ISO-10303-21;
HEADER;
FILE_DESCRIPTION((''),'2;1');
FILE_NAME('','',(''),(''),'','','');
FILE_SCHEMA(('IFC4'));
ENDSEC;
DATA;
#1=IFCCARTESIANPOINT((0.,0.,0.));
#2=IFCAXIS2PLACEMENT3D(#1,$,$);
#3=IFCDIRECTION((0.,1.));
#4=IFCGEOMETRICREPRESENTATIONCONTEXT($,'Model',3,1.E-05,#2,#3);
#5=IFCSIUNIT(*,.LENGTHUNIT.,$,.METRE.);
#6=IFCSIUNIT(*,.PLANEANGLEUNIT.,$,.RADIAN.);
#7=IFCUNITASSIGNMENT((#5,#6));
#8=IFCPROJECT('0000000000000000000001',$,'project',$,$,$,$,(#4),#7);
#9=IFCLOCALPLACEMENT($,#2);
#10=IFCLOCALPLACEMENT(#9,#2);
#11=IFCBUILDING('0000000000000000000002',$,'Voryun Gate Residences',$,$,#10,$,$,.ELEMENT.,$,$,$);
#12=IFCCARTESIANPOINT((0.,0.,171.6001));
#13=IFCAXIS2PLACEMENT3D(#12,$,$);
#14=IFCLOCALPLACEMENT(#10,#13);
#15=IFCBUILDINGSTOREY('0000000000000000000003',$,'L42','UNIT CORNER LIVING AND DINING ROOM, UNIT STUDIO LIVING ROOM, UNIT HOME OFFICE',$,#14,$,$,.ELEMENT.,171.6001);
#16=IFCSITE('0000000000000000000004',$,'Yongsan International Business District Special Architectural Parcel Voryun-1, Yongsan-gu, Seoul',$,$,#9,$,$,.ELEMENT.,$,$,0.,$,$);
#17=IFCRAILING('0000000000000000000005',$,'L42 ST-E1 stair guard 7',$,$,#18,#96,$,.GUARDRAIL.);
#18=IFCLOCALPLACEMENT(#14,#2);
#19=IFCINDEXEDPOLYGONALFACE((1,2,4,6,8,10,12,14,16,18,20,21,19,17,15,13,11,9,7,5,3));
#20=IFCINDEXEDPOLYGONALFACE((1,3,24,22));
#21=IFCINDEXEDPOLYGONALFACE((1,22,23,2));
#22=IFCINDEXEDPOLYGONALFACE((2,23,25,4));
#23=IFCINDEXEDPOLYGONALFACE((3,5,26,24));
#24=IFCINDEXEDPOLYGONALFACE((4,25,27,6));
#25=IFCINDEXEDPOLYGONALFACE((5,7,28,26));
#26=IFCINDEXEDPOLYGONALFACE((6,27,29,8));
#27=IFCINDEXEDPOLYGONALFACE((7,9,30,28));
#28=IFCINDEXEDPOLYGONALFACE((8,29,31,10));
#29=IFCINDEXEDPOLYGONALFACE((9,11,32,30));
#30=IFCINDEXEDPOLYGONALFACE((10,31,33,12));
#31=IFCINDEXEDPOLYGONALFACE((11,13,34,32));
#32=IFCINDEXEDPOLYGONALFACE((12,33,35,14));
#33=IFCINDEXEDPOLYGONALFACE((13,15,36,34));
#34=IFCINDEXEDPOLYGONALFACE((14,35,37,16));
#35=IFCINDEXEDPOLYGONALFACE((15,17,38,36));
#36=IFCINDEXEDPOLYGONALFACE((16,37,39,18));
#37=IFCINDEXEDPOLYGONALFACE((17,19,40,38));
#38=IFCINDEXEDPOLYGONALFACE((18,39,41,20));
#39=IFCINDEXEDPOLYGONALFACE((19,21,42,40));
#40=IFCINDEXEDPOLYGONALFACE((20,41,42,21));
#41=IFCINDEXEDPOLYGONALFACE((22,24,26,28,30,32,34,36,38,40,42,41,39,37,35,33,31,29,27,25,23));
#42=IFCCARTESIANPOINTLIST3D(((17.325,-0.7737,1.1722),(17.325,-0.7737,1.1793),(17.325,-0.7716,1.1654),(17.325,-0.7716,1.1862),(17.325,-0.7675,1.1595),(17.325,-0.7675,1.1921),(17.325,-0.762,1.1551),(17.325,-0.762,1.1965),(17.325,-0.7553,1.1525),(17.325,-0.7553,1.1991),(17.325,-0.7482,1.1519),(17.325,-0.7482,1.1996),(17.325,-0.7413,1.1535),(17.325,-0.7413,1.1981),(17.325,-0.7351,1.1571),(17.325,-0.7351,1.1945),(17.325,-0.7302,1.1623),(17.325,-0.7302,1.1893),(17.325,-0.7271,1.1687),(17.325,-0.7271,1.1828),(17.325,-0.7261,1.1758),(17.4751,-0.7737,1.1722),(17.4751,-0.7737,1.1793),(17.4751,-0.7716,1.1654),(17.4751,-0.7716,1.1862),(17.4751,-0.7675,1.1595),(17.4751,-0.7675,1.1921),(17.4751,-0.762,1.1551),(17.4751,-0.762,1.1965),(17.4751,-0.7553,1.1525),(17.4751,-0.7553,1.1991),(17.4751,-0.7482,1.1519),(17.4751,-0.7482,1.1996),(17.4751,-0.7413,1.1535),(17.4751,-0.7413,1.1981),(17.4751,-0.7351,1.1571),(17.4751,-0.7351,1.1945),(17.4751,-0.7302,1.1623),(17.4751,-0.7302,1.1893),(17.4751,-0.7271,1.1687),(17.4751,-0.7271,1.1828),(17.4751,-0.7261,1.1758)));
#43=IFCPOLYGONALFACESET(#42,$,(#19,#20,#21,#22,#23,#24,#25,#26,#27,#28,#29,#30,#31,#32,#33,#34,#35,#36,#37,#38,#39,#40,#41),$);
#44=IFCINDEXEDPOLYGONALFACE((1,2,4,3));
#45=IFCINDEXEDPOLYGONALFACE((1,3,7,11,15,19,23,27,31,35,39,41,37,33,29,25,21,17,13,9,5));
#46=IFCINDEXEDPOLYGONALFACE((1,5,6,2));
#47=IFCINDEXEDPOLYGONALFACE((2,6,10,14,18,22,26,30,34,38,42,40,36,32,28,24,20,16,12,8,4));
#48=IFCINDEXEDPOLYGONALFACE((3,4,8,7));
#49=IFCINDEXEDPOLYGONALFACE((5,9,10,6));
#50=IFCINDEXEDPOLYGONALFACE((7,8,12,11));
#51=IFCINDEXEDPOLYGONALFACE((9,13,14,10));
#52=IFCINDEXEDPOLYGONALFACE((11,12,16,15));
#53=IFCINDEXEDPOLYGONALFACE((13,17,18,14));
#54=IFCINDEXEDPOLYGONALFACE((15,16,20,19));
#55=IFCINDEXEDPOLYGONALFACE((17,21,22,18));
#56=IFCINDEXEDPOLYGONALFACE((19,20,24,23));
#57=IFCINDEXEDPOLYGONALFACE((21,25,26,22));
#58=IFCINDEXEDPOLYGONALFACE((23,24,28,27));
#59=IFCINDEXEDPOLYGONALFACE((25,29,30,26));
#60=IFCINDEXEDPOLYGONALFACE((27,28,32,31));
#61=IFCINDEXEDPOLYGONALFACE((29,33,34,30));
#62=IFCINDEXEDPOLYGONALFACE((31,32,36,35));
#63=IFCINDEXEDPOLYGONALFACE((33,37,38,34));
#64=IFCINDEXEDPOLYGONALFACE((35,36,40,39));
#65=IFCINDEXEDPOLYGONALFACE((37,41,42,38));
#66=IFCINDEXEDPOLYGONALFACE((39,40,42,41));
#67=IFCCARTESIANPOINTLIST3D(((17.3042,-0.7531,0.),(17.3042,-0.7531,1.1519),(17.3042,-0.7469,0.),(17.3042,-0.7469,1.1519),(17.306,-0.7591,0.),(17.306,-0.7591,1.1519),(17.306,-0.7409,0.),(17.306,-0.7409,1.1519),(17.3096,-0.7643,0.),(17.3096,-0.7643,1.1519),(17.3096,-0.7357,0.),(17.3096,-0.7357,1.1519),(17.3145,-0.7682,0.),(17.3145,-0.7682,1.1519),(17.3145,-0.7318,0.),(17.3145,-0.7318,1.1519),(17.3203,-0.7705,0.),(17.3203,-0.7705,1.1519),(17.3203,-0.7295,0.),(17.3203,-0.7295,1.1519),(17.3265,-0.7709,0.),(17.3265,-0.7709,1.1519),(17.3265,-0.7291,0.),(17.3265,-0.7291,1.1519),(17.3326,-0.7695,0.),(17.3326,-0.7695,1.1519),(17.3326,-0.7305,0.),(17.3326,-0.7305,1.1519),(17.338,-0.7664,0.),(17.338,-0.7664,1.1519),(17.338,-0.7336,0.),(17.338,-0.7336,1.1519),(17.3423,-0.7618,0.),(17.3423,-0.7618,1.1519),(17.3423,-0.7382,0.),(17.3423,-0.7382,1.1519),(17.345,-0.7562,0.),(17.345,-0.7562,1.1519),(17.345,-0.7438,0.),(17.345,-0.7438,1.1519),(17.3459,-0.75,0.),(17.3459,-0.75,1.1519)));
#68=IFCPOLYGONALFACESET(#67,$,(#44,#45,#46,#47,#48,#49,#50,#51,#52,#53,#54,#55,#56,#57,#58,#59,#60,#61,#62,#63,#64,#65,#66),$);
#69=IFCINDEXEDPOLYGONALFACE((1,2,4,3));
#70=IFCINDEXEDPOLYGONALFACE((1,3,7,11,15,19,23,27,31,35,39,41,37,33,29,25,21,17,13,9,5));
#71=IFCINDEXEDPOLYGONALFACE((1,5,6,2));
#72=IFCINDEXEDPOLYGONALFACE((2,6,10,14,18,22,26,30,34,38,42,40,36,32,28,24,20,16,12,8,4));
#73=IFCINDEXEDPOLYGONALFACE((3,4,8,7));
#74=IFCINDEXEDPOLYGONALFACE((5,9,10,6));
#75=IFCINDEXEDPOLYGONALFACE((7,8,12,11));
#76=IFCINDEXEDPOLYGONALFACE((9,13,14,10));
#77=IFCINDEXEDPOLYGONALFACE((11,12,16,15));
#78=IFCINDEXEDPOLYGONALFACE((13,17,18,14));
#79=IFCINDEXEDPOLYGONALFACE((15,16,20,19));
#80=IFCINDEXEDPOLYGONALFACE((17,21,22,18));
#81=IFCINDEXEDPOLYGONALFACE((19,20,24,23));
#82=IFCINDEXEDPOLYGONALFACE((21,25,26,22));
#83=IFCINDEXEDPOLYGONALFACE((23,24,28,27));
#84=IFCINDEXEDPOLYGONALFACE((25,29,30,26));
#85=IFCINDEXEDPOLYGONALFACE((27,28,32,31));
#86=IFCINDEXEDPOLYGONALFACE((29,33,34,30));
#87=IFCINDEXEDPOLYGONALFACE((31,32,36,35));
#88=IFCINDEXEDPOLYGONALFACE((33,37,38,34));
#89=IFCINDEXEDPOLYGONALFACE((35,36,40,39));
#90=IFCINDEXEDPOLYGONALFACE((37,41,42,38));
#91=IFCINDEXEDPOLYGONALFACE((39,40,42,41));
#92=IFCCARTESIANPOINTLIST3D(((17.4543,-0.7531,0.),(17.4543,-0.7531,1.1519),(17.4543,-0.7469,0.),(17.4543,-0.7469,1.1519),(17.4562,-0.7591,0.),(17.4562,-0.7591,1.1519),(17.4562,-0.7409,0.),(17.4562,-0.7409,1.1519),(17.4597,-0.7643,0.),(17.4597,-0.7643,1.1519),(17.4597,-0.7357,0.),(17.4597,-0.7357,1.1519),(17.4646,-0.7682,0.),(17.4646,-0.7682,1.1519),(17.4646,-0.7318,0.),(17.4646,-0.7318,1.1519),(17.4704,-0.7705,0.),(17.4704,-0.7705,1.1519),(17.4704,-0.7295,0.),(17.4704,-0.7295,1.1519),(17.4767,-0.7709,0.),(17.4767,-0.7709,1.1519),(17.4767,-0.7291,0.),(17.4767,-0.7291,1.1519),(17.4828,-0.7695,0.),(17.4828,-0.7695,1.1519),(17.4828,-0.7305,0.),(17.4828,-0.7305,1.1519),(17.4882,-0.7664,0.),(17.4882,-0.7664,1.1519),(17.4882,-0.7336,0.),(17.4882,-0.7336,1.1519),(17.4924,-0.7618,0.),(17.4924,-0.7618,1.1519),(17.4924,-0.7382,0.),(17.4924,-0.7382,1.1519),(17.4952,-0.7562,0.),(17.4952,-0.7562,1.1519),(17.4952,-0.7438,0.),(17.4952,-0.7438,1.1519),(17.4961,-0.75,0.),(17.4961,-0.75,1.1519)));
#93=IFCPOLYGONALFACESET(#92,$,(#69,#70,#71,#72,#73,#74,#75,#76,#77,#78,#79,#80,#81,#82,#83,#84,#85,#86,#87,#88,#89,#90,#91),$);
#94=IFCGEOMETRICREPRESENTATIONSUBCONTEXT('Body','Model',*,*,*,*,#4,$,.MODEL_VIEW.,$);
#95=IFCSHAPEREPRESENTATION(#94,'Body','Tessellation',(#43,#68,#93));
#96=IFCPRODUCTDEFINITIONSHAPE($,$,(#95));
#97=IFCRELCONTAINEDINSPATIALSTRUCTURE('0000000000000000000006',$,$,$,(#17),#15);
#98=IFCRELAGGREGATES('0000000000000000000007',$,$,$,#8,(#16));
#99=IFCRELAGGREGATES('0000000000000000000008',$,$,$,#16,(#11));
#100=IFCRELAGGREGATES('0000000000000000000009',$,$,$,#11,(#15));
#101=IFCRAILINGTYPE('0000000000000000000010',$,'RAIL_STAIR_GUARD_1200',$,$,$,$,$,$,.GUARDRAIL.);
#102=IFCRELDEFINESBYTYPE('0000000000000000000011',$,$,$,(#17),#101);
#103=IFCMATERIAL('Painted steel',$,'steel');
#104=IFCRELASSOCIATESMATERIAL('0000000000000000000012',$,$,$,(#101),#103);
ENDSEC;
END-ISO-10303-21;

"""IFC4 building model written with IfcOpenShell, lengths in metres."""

from ifc_helpers import new_model, si_unit, direction, frame, origin, origin_2d, place, context, subcontext, project, spatial, circle, extrude, material, type_object, element, save


model = new_model("IFC4")

# Units and contexts
model_context = context("Model", 3, precision=1e-05, world=origin(), true_north=direction((0.0, 1.0)))
body_context = subcontext(model_context, "Body", "Model", "MODEL_VIEW")
ifc_project = project(units=[si_unit("LENGTHUNIT", "METRE"), si_unit("PLANEANGLEUNIT", "RADIAN")], contexts=[model_context])

# Site, building, storey
site_placement = place(None, origin())
site = spatial("IfcSite", under=ifc_project, at=site_placement, Name="Yongsan International Business District Special Architectural Parcel Voryun-1, Yongsan-gu, Seoul", CompositionType="ELEMENT", RefElevation=0.0)
building_placement = place(site_placement, origin())
building = spatial("IfcBuilding", under=site, at=building_placement, Name="Voryun Gate Residences", CompositionType="ELEMENT")
storey_placement = place(building_placement, frame((0.0, 0.0, 171.6001)))
storey = spatial("IfcBuildingStorey", under=building, at=storey_placement, Name="L42", Description="UNIT CORNER LIVING AND DINING ROOM, UNIT STUDIO LIVING ROOM, UNIT HOME OFFICE", CompositionType="ELEMENT", Elevation=171.6001)

# Railing
ifc_material_1 = material(Name="Painted steel", Category="steel")
railing_type_1 = type_object("IfcRailingType", Name="RAIL_STAIR_GUARD_1200", PredefinedType="GUARDRAIL", material=ifc_material_1)
railing_1_placement = place(storey_placement, frame((17.325, -0.75, 0.0)))
element("IfcRailing", 1, at=railing_1_placement, inside=storey, type_object=railing_type_1, Name="L42 ST-E1 stair guard 7", PredefinedType="GUARDRAIL", context=body_context, shape_type="SweptSolid", body=[
    extrude(circle(Radius=0.0239, at=origin_2d()), frame((0.0, 0.0, 1.1758), z_axis=(1.0, 0.0, 0.0), x_axis=(0.0, 1.0, 0.0)), (0.0, 0.0, 1.0), 0.1501),
    extrude(circle(Radius=0.021, at=origin_2d()), origin(), (0.0, 0.0, 1.0), 1.1519),
    extrude(circle(Radius=0.021, at=origin_2d()), frame((0.1501, 0.0, 0.0)), (0.0, 0.0, 1.0), 1.1519),
])

save(model, "model.ifc")
